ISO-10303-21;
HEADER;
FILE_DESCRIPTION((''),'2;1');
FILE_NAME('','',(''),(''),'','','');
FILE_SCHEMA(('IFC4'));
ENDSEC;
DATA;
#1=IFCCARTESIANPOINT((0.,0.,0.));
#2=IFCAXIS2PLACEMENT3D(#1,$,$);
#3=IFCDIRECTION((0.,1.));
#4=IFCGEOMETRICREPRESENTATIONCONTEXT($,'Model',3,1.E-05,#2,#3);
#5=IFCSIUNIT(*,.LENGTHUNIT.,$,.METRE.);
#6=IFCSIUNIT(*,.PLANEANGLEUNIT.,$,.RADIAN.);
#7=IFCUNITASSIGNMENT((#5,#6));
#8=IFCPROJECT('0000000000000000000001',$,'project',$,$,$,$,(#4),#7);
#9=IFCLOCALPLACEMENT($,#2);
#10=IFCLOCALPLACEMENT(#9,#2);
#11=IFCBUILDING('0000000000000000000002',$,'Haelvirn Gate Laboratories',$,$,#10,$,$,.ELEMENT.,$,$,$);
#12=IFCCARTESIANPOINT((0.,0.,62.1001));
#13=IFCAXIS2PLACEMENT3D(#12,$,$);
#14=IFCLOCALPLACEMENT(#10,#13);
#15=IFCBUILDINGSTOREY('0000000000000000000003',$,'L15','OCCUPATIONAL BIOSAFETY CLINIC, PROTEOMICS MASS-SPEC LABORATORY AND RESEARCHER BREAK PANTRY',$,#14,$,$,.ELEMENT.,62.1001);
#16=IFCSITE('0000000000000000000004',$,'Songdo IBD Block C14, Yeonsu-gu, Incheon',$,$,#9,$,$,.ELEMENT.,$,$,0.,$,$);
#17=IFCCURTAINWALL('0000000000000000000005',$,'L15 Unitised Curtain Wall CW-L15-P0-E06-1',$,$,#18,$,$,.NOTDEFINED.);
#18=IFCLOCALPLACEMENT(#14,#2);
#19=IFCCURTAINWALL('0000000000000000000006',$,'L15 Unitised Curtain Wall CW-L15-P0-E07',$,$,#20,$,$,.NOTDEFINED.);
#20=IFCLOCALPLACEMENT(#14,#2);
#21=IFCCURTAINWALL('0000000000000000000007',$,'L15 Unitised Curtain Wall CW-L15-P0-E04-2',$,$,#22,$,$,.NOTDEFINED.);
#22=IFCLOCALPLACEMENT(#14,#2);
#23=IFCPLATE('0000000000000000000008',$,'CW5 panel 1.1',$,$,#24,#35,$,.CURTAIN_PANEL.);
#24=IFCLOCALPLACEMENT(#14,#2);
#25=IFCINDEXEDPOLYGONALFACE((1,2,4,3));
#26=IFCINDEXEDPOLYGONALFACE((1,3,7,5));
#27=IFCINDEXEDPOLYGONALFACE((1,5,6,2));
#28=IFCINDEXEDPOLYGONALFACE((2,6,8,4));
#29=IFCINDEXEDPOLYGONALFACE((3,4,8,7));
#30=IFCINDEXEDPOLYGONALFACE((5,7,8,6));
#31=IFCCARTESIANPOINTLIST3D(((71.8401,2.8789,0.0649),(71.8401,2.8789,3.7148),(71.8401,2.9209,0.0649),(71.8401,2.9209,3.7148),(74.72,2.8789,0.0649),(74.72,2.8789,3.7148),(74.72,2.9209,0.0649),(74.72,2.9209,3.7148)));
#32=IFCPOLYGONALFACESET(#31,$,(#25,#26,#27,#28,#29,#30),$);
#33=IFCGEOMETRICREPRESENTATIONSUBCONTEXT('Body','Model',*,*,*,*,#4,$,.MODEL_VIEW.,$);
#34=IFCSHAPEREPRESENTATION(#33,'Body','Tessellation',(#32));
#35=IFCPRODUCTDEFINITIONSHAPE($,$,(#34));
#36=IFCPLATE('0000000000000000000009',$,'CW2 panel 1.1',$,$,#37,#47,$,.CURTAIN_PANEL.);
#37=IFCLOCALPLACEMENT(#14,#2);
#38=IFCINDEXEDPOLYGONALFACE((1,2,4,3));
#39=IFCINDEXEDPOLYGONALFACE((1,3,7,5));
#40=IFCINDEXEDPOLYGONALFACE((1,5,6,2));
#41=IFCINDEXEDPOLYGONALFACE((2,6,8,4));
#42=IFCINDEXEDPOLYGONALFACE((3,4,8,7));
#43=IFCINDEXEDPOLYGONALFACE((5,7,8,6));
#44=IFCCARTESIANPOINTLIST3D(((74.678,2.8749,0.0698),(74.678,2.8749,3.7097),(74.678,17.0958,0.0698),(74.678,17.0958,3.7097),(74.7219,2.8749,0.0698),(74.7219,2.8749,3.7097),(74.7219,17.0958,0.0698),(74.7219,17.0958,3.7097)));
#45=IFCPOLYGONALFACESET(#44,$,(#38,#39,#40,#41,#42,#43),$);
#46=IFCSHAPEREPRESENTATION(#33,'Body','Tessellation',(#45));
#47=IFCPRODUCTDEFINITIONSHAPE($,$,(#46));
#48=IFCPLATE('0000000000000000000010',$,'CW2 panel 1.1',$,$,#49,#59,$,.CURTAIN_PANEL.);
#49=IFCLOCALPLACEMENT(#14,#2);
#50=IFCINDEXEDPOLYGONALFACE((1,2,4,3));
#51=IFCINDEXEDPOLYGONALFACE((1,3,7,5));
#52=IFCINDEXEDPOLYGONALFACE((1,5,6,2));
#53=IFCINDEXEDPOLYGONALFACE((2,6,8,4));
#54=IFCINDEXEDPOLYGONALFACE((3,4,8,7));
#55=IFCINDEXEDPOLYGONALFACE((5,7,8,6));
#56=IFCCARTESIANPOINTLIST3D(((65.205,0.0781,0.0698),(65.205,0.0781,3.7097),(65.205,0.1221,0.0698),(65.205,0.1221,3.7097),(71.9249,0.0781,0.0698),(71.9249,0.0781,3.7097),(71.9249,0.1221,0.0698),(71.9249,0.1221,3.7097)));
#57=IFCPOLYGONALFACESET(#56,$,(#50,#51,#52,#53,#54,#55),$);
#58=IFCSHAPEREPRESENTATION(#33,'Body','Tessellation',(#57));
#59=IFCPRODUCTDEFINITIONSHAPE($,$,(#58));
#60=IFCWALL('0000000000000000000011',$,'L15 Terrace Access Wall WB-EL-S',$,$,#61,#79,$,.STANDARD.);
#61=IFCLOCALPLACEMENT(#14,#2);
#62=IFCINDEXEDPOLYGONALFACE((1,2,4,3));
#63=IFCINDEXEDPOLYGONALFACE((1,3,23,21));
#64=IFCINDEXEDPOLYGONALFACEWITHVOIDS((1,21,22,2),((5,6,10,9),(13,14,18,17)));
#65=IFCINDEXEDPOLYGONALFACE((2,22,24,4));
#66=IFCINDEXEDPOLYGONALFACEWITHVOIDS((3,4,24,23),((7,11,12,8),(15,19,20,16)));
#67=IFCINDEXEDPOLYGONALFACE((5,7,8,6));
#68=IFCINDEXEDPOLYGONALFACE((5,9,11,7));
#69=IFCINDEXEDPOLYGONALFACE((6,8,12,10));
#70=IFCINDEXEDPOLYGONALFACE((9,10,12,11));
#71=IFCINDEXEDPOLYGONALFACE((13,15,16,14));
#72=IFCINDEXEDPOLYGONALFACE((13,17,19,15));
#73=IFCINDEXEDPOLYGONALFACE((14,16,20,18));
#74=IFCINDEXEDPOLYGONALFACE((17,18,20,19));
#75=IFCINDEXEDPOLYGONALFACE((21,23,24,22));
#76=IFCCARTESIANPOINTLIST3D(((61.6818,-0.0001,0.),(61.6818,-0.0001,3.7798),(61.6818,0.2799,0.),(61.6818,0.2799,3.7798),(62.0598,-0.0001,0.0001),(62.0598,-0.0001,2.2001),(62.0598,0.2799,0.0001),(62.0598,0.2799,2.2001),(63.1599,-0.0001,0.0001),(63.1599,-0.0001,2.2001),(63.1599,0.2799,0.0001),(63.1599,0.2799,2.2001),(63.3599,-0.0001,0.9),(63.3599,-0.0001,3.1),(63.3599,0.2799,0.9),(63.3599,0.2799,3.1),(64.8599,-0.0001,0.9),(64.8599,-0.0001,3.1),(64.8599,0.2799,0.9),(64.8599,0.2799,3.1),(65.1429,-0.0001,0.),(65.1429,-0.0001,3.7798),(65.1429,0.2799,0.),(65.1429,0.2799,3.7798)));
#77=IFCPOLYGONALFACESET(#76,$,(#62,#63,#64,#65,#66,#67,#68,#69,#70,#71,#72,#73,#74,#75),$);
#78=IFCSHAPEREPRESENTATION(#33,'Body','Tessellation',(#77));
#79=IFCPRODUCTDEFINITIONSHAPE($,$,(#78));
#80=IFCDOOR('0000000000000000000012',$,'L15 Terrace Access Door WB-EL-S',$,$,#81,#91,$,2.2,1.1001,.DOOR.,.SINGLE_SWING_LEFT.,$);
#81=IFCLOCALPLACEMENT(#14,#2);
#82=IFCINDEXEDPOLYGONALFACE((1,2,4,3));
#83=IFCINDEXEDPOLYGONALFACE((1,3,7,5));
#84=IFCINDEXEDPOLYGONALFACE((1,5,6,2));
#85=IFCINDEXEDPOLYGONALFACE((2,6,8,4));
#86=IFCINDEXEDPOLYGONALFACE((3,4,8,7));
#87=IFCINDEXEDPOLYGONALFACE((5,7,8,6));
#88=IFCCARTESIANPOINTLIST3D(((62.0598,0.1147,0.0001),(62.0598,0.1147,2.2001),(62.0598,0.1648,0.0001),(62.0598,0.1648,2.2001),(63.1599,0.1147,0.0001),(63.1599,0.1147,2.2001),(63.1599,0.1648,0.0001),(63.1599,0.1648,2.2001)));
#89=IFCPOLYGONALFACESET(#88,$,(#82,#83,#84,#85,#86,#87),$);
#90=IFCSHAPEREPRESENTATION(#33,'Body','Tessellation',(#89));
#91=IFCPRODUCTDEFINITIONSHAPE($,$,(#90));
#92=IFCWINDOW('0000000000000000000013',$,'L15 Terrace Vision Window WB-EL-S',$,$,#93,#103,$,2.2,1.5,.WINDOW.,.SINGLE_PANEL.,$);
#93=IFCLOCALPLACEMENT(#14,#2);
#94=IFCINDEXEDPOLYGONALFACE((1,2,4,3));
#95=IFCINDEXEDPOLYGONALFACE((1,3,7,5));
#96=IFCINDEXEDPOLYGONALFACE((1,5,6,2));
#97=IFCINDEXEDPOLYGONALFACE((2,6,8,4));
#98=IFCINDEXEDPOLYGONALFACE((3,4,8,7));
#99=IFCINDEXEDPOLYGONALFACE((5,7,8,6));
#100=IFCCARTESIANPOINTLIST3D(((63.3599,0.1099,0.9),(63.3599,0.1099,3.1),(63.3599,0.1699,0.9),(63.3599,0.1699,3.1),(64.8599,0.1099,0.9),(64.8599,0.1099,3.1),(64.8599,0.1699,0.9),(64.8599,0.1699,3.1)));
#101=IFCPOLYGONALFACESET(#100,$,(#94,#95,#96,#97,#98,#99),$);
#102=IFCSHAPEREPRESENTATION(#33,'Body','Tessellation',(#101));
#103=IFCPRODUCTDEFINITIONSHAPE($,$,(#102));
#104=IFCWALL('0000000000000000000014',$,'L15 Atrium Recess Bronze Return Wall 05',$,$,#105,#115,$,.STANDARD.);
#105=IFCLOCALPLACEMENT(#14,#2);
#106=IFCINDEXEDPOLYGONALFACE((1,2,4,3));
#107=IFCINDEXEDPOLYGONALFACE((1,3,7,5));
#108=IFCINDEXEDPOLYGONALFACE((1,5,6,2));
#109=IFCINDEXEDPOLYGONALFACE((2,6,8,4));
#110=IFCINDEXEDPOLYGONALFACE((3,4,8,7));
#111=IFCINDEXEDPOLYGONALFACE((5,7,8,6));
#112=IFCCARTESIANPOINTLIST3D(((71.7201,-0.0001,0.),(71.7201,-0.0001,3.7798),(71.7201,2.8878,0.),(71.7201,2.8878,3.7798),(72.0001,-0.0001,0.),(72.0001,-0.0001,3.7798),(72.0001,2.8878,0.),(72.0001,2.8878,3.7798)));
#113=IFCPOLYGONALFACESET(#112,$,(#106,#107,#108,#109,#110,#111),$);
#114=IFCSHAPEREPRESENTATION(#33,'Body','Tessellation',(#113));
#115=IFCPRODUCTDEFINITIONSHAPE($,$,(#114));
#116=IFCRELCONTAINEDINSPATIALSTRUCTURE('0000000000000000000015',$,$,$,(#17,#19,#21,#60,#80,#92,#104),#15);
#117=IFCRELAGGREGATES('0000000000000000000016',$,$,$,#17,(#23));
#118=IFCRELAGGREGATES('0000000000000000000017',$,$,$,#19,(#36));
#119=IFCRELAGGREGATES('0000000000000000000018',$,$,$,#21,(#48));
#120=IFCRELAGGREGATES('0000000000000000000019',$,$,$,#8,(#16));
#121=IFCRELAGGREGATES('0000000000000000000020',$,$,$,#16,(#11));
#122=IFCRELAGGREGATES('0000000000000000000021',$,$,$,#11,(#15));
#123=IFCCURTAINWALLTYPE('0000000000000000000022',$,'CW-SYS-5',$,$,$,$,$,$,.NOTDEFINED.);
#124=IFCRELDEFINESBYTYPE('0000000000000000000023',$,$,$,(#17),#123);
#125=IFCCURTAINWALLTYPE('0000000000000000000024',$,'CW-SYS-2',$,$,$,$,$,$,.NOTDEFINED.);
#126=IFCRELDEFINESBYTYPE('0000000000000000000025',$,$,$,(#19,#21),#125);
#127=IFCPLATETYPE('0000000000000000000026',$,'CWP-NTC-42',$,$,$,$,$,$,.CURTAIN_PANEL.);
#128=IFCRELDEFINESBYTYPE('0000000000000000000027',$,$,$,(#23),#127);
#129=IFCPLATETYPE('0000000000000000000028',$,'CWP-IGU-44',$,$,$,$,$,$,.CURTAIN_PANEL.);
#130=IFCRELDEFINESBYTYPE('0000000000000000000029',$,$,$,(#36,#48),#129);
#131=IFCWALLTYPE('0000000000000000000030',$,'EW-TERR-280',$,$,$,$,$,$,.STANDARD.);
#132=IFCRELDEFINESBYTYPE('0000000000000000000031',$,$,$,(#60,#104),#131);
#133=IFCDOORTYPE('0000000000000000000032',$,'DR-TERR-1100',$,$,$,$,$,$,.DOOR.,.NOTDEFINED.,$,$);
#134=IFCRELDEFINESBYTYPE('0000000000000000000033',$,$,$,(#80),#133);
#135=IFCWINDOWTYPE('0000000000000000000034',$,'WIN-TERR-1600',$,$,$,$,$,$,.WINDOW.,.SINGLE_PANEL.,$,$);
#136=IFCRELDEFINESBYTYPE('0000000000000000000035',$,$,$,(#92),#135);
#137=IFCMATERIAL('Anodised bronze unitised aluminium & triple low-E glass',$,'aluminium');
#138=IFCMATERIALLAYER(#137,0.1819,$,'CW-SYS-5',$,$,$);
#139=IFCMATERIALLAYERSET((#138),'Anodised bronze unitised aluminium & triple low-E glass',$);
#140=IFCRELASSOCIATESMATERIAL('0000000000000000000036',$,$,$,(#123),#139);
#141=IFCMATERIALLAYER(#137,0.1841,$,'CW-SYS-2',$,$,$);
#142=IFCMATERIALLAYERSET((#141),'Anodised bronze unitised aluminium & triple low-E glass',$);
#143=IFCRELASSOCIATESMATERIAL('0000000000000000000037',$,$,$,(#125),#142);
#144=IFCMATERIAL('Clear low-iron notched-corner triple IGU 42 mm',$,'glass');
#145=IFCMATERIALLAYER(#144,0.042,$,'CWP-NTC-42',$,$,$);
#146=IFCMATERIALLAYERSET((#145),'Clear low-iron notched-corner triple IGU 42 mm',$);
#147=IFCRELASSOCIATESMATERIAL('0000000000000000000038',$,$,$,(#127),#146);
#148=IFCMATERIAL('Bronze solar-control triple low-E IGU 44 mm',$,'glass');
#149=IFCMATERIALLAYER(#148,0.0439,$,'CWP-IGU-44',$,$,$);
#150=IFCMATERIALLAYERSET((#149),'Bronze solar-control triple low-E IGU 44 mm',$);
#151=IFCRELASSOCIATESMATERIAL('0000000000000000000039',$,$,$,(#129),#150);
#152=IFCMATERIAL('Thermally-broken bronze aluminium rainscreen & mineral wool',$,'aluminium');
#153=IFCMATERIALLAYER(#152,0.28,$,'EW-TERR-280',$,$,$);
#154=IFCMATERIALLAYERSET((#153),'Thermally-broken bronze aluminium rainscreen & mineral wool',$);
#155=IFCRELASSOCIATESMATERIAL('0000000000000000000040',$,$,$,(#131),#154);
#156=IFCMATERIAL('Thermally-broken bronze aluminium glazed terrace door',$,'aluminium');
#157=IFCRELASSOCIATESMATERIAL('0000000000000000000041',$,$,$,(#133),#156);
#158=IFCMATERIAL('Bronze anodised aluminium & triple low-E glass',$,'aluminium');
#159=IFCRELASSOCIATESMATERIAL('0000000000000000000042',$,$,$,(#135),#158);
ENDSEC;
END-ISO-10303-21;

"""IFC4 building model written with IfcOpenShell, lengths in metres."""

from ifc_helpers import new_model, si_unit, direction, frame, frame_2d, origin, origin_2d, place, context, subcontext, project, spatial, rectangle, extrude, source, transform, mapped, material, layer, layer_set, type_object, type_shapes, element, fill, aggregate, save


model = new_model("IFC4")

# Units and contexts
model_context = context("Model", 3, precision=1e-05, world=origin(), true_north=direction((0.0, 1.0)))
body_context = subcontext(model_context, "Body", "Model", "MODEL_VIEW")
ifc_project = project(units=[si_unit("LENGTHUNIT", "METRE"), si_unit("PLANEANGLEUNIT", "RADIAN")], contexts=[model_context])

# Site, building, storey
site_placement = place(None, origin())
site = spatial("IfcSite", under=ifc_project, at=site_placement, Name="Songdo IBD Block C14, Yeonsu-gu, Incheon", CompositionType="ELEMENT", RefElevation=0.0)
building_placement = place(site_placement, origin())
building = spatial("IfcBuilding", under=site, at=building_placement, Name="Haelvirn Gate Laboratories", CompositionType="ELEMENT")
storey_placement = place(building_placement, frame((0.0, 0.0, 62.1001)))
storey = spatial("IfcBuildingStorey", under=building, at=storey_placement, Name="L15", Description="OCCUPATIONAL BIOSAFETY CLINIC, PROTEOMICS MASS-SPEC LABORATORY AND RESEARCHER BREAK PANTRY", CompositionType="ELEMENT", Elevation=62.1001)

# Curtain walls
ifc_material_1 = material(Name="Anodised bronze unitised aluminium & triple low-E glass", Category="aluminium")
ifc_layer_1 = layer(ifc_material_1, 0.1819, Name="CW-SYS-5")
ifc_layer_set_1 = layer_set([ifc_layer_1], Name="Anodised bronze unitised aluminium & triple low-E glass")
curtain_wall_type_1 = type_object("IfcCurtainWallType", Name="CW-SYS-5", PredefinedType="NOTDEFINED", material=ifc_layer_set_1)
curtain_wall_1_placement = place(storey_placement, origin())
curtain_wall_1 = element("IfcCurtainWall", 1, at=curtain_wall_1_placement, inside=storey, type_object=curtain_wall_type_1, Name="L15 Unitised Curtain Wall CW-L15-P0-E06-1", PredefinedType="NOTDEFINED")
ifc_layer_2 = layer(ifc_material_1, 0.1841, Name="CW-SYS-2")
ifc_layer_set_2 = layer_set([ifc_layer_2], Name="Anodised bronze unitised aluminium & triple low-E glass")
curtain_wall_type_2 = type_object("IfcCurtainWallType", Name="CW-SYS-2", PredefinedType="NOTDEFINED", material=ifc_layer_set_2)
curtain_wall_2_placement = place(storey_placement, origin())
curtain_wall_2 = element("IfcCurtainWall", 2, at=curtain_wall_2_placement, inside=storey, type_object=curtain_wall_type_2, Name="L15 Unitised Curtain Wall CW-L15-P0-E07", PredefinedType="NOTDEFINED")
curtain_wall_3_placement = place(storey_placement, origin())
curtain_wall_3 = element("IfcCurtainWall", 3, at=curtain_wall_3_placement, inside=storey, type_object=curtain_wall_type_2, Name="L15 Unitised Curtain Wall CW-L15-P0-E04-2", PredefinedType="NOTDEFINED")

# Plates
ifc_material_2 = material(Name="Clear low-iron notched-corner triple IGU 42 mm", Category="glass")
ifc_layer_3 = layer(ifc_material_2, 0.042, Name="CWP-NTC-42")
ifc_layer_set_3 = layer_set([ifc_layer_3], Name="Clear low-iron notched-corner triple IGU 42 mm")
plate_type_1 = type_object("IfcPlateType", Name="CWP-NTC-42", PredefinedType="CURTAIN_PANEL", material=ifc_layer_set_3)
shared_shape_1 = source(origin(), body_context, "Body", "SweptSolid", [
    extrude(rectangle(XDim=2.8799, YDim=0.042, at=origin_2d()), origin(), (0.0, 0.0, 1.0), 3.6499),
])
type_shapes(plate_type_1, [shared_shape_1])
plate_1_placement = place(storey_placement, frame((73.28, 2.8999, 0.0649), z_axis=(0.0, 0.0, 1.0), x_axis=(1.0, 0.0, 0.0)))
plate_1 = element("IfcPlate", 4, at=plate_1_placement, type_object=plate_type_1, Name="CW5 panel 1.1", PredefinedType="CURTAIN_PANEL", context=body_context, shape_type="MappedRepresentation", body=[
    mapped(shared_shape_1, transform((0.0, 0.0, 0.0), scale=1.0)),
])
aggregate(curtain_wall_1, [plate_1])
ifc_material_3 = material(Name="Bronze solar-control triple low-E IGU 44 mm", Category="glass")
ifc_layer_4 = layer(ifc_material_3, 0.0439, Name="CWP-IGU-44")
ifc_layer_set_4 = layer_set([ifc_layer_4], Name="Bronze solar-control triple low-E IGU 44 mm")
plate_type_2 = type_object("IfcPlateType", Name="CWP-IGU-44", PredefinedType="CURTAIN_PANEL", material=ifc_layer_set_4)
shared_shape_2 = source(origin(), body_context, "Body", "SweptSolid", [
    extrude(rectangle(XDim=14.2209, YDim=0.0439, at=origin_2d()), origin(), (0.0, 0.0, 1.0), 3.6399),
])
plate_2_placement = place(storey_placement, frame((74.7, 9.9854, 0.0698), z_axis=(0.0, 0.0, 1.0), x_axis=(0.0, 1.0, 0.0)))
plate_2 = element("IfcPlate", 5, at=plate_2_placement, type_object=plate_type_2, Name="CW2 panel 1.1", PredefinedType="CURTAIN_PANEL", context=body_context, shape_type="MappedRepresentation", body=[
    mapped(shared_shape_2, transform((0.0, 0.0, 0.0), scale=1.0)),
])
aggregate(curtain_wall_2, [plate_2])
shared_shape_3 = source(origin(), body_context, "Body", "SweptSolid", [
    extrude(rectangle(XDim=6.72, YDim=0.0439, at=origin_2d()), origin(), (0.0, 0.0, 1.0), 3.6399),
])
type_shapes(plate_type_2, [shared_shape_2, shared_shape_3])
plate_3_placement = place(storey_placement, frame((68.5649, 0.1001, 0.0698), z_axis=(0.0, 0.0, 1.0), x_axis=(1.0, 0.0, 0.0)))
plate_3 = element("IfcPlate", 6, at=plate_3_placement, type_object=plate_type_2, Name="CW2 panel 1.1", PredefinedType="CURTAIN_PANEL", context=body_context, shape_type="MappedRepresentation", body=[
    mapped(shared_shape_3, transform((0.0, 0.0, 0.0), scale=1.0)),
])
aggregate(curtain_wall_3, [plate_3])

# Wall, openings, door, window
ifc_material_4 = material(Name="Thermally-broken bronze aluminium rainscreen & mineral wool", Category="aluminium")
ifc_layer_5 = layer(ifc_material_4, 0.28, Name="EW-TERR-280")
ifc_layer_set_5 = layer_set([ifc_layer_5], Name="Thermally-broken bronze aluminium rainscreen & mineral wool")
wall_type = type_object("IfcWallType", Name="EW-TERR-280", PredefinedType="STANDARD", material=ifc_layer_set_5)
wall_1_placement = place(storey_placement, frame((61.6819, 0.1399, 0.0), z_axis=(0.0, 0.0, 1.0), x_axis=(1.0, 0.0, 0.0)))
wall_1 = element("IfcWall", 7, at=wall_1_placement, inside=storey, type_object=wall_type, Name="L15 Terrace Access Wall WB-EL-S", PredefinedType="STANDARD", context=body_context, shape_type="SweptSolid", body=[
    extrude(rectangle(XDim=3.4612, YDim=0.28, at=frame_2d((1.7305, 0.0))), origin(), (0.0, 0.0, 1.0), 3.7798),
])
opening_1_placement = place(wall_1_placement, frame((0.3779, 0.0, 0.0)))
opening_1 = element("IfcOpeningElement", 8, at=opening_1_placement, cuts=wall_1, PredefinedType="OPENING", context=body_context, shape_type="SweptSolid", body=[
    extrude(rectangle(XDim=1.1001, YDim=2.2, at=frame_2d((0.55, 1.1001))), frame((0.0, 0.1499, 0.0), z_axis=(0.0, -1.0, 0.0), x_axis=(1.0, 0.0, 0.0)), (0.0, 0.0, 1.0), 0.3),
])
opening_2_placement = place(wall_1_placement, frame((1.678, 0.0, 0.8999)))
opening_2 = element("IfcOpeningElement", 9, at=opening_2_placement, cuts=wall_1, PredefinedType="OPENING", context=body_context, shape_type="SweptSolid", body=[
    extrude(rectangle(XDim=1.5, YDim=2.2, at=frame_2d((0.75, 1.1001))), frame((0.0, 0.1499, 0.0), z_axis=(0.0, -1.0, 0.0), x_axis=(1.0, 0.0, 0.0)), (0.0, 0.0, 1.0), 0.3),
])
ifc_material_5 = material(Name="Thermally-broken bronze aluminium glazed terrace door", Category="aluminium")
door_type = type_object("IfcDoorType", Name="DR-TERR-1100", OperationType="NOTDEFINED", PredefinedType="DOOR", material=ifc_material_5)
shared_shape_4 = source(origin(), body_context, "Body", "SweptSolid", [
    extrude(rectangle(XDim=1.1001, YDim=2.2, at=frame_2d((0.55, 1.1001))), frame((0.0, 0.0249, 0.0), z_axis=(0.0, -1.0, 0.0), x_axis=(1.0, 0.0, 0.0)), (0.0, 0.0, 1.0), 0.05),
])
type_shapes(door_type, [shared_shape_4])
door_placement = place(opening_1_placement, origin())
door = element("IfcDoor", 10, at=door_placement, inside=storey, type_object=door_type, Name="L15 Terrace Access Door WB-EL-S", OperationType="SINGLE_SWING_LEFT", OverallHeight=2.2, OverallWidth=1.1001, PredefinedType="DOOR", context=body_context, shape_type="MappedRepresentation", body=[
    mapped(shared_shape_4, transform((0.0, 0.0, 0.0), scale=1.0)),
])
fill(opening_1, door)
ifc_material_6 = material(Name="Bronze anodised aluminium & triple low-E glass", Category="aluminium")
window_type = type_object("IfcWindowType", Name="WIN-TERR-1600", PartitioningType="SINGLE_PANEL", PredefinedType="WINDOW", material=ifc_material_6)
shared_shape_5 = source(origin(), body_context, "Body", "SweptSolid", [
    extrude(rectangle(XDim=1.5, YDim=2.2, at=frame_2d((0.75, 1.1001))), frame((0.0, 0.03, 0.0), z_axis=(0.0, -1.0, 0.0), x_axis=(1.0, 0.0, 0.0)), (0.0, 0.0, 1.0), 0.0601),
])
type_shapes(window_type, [shared_shape_5])
window_placement = place(opening_2_placement, origin())
window = element("IfcWindow", 11, at=window_placement, inside=storey, type_object=window_type, Name="L15 Terrace Vision Window WB-EL-S", OverallHeight=2.2, OverallWidth=1.5, PartitioningType="SINGLE_PANEL", PredefinedType="WINDOW", context=body_context, shape_type="MappedRepresentation", body=[
    mapped(shared_shape_5, transform((0.0, 0.0, 0.0), scale=1.0)),
])
fill(opening_2, window)

# Wall
wall_2_placement = place(storey_placement, frame((71.8601, 0.0, 0.0), z_axis=(0.0, 0.0, 1.0), x_axis=(0.0, 1.0, 0.0)))
element("IfcWall", 12, at=wall_2_placement, inside=storey, type_object=wall_type, Name="L15 Atrium Recess Bronze Return Wall 05", PredefinedType="STANDARD", context=body_context, shape_type="SweptSolid", body=[
    extrude(rectangle(XDim=2.8879, YDim=0.28, at=frame_2d((1.4438, 0.0))), origin(), (0.0, 0.0, 1.0), 3.7798),
])

save(model, "model.ifc")
